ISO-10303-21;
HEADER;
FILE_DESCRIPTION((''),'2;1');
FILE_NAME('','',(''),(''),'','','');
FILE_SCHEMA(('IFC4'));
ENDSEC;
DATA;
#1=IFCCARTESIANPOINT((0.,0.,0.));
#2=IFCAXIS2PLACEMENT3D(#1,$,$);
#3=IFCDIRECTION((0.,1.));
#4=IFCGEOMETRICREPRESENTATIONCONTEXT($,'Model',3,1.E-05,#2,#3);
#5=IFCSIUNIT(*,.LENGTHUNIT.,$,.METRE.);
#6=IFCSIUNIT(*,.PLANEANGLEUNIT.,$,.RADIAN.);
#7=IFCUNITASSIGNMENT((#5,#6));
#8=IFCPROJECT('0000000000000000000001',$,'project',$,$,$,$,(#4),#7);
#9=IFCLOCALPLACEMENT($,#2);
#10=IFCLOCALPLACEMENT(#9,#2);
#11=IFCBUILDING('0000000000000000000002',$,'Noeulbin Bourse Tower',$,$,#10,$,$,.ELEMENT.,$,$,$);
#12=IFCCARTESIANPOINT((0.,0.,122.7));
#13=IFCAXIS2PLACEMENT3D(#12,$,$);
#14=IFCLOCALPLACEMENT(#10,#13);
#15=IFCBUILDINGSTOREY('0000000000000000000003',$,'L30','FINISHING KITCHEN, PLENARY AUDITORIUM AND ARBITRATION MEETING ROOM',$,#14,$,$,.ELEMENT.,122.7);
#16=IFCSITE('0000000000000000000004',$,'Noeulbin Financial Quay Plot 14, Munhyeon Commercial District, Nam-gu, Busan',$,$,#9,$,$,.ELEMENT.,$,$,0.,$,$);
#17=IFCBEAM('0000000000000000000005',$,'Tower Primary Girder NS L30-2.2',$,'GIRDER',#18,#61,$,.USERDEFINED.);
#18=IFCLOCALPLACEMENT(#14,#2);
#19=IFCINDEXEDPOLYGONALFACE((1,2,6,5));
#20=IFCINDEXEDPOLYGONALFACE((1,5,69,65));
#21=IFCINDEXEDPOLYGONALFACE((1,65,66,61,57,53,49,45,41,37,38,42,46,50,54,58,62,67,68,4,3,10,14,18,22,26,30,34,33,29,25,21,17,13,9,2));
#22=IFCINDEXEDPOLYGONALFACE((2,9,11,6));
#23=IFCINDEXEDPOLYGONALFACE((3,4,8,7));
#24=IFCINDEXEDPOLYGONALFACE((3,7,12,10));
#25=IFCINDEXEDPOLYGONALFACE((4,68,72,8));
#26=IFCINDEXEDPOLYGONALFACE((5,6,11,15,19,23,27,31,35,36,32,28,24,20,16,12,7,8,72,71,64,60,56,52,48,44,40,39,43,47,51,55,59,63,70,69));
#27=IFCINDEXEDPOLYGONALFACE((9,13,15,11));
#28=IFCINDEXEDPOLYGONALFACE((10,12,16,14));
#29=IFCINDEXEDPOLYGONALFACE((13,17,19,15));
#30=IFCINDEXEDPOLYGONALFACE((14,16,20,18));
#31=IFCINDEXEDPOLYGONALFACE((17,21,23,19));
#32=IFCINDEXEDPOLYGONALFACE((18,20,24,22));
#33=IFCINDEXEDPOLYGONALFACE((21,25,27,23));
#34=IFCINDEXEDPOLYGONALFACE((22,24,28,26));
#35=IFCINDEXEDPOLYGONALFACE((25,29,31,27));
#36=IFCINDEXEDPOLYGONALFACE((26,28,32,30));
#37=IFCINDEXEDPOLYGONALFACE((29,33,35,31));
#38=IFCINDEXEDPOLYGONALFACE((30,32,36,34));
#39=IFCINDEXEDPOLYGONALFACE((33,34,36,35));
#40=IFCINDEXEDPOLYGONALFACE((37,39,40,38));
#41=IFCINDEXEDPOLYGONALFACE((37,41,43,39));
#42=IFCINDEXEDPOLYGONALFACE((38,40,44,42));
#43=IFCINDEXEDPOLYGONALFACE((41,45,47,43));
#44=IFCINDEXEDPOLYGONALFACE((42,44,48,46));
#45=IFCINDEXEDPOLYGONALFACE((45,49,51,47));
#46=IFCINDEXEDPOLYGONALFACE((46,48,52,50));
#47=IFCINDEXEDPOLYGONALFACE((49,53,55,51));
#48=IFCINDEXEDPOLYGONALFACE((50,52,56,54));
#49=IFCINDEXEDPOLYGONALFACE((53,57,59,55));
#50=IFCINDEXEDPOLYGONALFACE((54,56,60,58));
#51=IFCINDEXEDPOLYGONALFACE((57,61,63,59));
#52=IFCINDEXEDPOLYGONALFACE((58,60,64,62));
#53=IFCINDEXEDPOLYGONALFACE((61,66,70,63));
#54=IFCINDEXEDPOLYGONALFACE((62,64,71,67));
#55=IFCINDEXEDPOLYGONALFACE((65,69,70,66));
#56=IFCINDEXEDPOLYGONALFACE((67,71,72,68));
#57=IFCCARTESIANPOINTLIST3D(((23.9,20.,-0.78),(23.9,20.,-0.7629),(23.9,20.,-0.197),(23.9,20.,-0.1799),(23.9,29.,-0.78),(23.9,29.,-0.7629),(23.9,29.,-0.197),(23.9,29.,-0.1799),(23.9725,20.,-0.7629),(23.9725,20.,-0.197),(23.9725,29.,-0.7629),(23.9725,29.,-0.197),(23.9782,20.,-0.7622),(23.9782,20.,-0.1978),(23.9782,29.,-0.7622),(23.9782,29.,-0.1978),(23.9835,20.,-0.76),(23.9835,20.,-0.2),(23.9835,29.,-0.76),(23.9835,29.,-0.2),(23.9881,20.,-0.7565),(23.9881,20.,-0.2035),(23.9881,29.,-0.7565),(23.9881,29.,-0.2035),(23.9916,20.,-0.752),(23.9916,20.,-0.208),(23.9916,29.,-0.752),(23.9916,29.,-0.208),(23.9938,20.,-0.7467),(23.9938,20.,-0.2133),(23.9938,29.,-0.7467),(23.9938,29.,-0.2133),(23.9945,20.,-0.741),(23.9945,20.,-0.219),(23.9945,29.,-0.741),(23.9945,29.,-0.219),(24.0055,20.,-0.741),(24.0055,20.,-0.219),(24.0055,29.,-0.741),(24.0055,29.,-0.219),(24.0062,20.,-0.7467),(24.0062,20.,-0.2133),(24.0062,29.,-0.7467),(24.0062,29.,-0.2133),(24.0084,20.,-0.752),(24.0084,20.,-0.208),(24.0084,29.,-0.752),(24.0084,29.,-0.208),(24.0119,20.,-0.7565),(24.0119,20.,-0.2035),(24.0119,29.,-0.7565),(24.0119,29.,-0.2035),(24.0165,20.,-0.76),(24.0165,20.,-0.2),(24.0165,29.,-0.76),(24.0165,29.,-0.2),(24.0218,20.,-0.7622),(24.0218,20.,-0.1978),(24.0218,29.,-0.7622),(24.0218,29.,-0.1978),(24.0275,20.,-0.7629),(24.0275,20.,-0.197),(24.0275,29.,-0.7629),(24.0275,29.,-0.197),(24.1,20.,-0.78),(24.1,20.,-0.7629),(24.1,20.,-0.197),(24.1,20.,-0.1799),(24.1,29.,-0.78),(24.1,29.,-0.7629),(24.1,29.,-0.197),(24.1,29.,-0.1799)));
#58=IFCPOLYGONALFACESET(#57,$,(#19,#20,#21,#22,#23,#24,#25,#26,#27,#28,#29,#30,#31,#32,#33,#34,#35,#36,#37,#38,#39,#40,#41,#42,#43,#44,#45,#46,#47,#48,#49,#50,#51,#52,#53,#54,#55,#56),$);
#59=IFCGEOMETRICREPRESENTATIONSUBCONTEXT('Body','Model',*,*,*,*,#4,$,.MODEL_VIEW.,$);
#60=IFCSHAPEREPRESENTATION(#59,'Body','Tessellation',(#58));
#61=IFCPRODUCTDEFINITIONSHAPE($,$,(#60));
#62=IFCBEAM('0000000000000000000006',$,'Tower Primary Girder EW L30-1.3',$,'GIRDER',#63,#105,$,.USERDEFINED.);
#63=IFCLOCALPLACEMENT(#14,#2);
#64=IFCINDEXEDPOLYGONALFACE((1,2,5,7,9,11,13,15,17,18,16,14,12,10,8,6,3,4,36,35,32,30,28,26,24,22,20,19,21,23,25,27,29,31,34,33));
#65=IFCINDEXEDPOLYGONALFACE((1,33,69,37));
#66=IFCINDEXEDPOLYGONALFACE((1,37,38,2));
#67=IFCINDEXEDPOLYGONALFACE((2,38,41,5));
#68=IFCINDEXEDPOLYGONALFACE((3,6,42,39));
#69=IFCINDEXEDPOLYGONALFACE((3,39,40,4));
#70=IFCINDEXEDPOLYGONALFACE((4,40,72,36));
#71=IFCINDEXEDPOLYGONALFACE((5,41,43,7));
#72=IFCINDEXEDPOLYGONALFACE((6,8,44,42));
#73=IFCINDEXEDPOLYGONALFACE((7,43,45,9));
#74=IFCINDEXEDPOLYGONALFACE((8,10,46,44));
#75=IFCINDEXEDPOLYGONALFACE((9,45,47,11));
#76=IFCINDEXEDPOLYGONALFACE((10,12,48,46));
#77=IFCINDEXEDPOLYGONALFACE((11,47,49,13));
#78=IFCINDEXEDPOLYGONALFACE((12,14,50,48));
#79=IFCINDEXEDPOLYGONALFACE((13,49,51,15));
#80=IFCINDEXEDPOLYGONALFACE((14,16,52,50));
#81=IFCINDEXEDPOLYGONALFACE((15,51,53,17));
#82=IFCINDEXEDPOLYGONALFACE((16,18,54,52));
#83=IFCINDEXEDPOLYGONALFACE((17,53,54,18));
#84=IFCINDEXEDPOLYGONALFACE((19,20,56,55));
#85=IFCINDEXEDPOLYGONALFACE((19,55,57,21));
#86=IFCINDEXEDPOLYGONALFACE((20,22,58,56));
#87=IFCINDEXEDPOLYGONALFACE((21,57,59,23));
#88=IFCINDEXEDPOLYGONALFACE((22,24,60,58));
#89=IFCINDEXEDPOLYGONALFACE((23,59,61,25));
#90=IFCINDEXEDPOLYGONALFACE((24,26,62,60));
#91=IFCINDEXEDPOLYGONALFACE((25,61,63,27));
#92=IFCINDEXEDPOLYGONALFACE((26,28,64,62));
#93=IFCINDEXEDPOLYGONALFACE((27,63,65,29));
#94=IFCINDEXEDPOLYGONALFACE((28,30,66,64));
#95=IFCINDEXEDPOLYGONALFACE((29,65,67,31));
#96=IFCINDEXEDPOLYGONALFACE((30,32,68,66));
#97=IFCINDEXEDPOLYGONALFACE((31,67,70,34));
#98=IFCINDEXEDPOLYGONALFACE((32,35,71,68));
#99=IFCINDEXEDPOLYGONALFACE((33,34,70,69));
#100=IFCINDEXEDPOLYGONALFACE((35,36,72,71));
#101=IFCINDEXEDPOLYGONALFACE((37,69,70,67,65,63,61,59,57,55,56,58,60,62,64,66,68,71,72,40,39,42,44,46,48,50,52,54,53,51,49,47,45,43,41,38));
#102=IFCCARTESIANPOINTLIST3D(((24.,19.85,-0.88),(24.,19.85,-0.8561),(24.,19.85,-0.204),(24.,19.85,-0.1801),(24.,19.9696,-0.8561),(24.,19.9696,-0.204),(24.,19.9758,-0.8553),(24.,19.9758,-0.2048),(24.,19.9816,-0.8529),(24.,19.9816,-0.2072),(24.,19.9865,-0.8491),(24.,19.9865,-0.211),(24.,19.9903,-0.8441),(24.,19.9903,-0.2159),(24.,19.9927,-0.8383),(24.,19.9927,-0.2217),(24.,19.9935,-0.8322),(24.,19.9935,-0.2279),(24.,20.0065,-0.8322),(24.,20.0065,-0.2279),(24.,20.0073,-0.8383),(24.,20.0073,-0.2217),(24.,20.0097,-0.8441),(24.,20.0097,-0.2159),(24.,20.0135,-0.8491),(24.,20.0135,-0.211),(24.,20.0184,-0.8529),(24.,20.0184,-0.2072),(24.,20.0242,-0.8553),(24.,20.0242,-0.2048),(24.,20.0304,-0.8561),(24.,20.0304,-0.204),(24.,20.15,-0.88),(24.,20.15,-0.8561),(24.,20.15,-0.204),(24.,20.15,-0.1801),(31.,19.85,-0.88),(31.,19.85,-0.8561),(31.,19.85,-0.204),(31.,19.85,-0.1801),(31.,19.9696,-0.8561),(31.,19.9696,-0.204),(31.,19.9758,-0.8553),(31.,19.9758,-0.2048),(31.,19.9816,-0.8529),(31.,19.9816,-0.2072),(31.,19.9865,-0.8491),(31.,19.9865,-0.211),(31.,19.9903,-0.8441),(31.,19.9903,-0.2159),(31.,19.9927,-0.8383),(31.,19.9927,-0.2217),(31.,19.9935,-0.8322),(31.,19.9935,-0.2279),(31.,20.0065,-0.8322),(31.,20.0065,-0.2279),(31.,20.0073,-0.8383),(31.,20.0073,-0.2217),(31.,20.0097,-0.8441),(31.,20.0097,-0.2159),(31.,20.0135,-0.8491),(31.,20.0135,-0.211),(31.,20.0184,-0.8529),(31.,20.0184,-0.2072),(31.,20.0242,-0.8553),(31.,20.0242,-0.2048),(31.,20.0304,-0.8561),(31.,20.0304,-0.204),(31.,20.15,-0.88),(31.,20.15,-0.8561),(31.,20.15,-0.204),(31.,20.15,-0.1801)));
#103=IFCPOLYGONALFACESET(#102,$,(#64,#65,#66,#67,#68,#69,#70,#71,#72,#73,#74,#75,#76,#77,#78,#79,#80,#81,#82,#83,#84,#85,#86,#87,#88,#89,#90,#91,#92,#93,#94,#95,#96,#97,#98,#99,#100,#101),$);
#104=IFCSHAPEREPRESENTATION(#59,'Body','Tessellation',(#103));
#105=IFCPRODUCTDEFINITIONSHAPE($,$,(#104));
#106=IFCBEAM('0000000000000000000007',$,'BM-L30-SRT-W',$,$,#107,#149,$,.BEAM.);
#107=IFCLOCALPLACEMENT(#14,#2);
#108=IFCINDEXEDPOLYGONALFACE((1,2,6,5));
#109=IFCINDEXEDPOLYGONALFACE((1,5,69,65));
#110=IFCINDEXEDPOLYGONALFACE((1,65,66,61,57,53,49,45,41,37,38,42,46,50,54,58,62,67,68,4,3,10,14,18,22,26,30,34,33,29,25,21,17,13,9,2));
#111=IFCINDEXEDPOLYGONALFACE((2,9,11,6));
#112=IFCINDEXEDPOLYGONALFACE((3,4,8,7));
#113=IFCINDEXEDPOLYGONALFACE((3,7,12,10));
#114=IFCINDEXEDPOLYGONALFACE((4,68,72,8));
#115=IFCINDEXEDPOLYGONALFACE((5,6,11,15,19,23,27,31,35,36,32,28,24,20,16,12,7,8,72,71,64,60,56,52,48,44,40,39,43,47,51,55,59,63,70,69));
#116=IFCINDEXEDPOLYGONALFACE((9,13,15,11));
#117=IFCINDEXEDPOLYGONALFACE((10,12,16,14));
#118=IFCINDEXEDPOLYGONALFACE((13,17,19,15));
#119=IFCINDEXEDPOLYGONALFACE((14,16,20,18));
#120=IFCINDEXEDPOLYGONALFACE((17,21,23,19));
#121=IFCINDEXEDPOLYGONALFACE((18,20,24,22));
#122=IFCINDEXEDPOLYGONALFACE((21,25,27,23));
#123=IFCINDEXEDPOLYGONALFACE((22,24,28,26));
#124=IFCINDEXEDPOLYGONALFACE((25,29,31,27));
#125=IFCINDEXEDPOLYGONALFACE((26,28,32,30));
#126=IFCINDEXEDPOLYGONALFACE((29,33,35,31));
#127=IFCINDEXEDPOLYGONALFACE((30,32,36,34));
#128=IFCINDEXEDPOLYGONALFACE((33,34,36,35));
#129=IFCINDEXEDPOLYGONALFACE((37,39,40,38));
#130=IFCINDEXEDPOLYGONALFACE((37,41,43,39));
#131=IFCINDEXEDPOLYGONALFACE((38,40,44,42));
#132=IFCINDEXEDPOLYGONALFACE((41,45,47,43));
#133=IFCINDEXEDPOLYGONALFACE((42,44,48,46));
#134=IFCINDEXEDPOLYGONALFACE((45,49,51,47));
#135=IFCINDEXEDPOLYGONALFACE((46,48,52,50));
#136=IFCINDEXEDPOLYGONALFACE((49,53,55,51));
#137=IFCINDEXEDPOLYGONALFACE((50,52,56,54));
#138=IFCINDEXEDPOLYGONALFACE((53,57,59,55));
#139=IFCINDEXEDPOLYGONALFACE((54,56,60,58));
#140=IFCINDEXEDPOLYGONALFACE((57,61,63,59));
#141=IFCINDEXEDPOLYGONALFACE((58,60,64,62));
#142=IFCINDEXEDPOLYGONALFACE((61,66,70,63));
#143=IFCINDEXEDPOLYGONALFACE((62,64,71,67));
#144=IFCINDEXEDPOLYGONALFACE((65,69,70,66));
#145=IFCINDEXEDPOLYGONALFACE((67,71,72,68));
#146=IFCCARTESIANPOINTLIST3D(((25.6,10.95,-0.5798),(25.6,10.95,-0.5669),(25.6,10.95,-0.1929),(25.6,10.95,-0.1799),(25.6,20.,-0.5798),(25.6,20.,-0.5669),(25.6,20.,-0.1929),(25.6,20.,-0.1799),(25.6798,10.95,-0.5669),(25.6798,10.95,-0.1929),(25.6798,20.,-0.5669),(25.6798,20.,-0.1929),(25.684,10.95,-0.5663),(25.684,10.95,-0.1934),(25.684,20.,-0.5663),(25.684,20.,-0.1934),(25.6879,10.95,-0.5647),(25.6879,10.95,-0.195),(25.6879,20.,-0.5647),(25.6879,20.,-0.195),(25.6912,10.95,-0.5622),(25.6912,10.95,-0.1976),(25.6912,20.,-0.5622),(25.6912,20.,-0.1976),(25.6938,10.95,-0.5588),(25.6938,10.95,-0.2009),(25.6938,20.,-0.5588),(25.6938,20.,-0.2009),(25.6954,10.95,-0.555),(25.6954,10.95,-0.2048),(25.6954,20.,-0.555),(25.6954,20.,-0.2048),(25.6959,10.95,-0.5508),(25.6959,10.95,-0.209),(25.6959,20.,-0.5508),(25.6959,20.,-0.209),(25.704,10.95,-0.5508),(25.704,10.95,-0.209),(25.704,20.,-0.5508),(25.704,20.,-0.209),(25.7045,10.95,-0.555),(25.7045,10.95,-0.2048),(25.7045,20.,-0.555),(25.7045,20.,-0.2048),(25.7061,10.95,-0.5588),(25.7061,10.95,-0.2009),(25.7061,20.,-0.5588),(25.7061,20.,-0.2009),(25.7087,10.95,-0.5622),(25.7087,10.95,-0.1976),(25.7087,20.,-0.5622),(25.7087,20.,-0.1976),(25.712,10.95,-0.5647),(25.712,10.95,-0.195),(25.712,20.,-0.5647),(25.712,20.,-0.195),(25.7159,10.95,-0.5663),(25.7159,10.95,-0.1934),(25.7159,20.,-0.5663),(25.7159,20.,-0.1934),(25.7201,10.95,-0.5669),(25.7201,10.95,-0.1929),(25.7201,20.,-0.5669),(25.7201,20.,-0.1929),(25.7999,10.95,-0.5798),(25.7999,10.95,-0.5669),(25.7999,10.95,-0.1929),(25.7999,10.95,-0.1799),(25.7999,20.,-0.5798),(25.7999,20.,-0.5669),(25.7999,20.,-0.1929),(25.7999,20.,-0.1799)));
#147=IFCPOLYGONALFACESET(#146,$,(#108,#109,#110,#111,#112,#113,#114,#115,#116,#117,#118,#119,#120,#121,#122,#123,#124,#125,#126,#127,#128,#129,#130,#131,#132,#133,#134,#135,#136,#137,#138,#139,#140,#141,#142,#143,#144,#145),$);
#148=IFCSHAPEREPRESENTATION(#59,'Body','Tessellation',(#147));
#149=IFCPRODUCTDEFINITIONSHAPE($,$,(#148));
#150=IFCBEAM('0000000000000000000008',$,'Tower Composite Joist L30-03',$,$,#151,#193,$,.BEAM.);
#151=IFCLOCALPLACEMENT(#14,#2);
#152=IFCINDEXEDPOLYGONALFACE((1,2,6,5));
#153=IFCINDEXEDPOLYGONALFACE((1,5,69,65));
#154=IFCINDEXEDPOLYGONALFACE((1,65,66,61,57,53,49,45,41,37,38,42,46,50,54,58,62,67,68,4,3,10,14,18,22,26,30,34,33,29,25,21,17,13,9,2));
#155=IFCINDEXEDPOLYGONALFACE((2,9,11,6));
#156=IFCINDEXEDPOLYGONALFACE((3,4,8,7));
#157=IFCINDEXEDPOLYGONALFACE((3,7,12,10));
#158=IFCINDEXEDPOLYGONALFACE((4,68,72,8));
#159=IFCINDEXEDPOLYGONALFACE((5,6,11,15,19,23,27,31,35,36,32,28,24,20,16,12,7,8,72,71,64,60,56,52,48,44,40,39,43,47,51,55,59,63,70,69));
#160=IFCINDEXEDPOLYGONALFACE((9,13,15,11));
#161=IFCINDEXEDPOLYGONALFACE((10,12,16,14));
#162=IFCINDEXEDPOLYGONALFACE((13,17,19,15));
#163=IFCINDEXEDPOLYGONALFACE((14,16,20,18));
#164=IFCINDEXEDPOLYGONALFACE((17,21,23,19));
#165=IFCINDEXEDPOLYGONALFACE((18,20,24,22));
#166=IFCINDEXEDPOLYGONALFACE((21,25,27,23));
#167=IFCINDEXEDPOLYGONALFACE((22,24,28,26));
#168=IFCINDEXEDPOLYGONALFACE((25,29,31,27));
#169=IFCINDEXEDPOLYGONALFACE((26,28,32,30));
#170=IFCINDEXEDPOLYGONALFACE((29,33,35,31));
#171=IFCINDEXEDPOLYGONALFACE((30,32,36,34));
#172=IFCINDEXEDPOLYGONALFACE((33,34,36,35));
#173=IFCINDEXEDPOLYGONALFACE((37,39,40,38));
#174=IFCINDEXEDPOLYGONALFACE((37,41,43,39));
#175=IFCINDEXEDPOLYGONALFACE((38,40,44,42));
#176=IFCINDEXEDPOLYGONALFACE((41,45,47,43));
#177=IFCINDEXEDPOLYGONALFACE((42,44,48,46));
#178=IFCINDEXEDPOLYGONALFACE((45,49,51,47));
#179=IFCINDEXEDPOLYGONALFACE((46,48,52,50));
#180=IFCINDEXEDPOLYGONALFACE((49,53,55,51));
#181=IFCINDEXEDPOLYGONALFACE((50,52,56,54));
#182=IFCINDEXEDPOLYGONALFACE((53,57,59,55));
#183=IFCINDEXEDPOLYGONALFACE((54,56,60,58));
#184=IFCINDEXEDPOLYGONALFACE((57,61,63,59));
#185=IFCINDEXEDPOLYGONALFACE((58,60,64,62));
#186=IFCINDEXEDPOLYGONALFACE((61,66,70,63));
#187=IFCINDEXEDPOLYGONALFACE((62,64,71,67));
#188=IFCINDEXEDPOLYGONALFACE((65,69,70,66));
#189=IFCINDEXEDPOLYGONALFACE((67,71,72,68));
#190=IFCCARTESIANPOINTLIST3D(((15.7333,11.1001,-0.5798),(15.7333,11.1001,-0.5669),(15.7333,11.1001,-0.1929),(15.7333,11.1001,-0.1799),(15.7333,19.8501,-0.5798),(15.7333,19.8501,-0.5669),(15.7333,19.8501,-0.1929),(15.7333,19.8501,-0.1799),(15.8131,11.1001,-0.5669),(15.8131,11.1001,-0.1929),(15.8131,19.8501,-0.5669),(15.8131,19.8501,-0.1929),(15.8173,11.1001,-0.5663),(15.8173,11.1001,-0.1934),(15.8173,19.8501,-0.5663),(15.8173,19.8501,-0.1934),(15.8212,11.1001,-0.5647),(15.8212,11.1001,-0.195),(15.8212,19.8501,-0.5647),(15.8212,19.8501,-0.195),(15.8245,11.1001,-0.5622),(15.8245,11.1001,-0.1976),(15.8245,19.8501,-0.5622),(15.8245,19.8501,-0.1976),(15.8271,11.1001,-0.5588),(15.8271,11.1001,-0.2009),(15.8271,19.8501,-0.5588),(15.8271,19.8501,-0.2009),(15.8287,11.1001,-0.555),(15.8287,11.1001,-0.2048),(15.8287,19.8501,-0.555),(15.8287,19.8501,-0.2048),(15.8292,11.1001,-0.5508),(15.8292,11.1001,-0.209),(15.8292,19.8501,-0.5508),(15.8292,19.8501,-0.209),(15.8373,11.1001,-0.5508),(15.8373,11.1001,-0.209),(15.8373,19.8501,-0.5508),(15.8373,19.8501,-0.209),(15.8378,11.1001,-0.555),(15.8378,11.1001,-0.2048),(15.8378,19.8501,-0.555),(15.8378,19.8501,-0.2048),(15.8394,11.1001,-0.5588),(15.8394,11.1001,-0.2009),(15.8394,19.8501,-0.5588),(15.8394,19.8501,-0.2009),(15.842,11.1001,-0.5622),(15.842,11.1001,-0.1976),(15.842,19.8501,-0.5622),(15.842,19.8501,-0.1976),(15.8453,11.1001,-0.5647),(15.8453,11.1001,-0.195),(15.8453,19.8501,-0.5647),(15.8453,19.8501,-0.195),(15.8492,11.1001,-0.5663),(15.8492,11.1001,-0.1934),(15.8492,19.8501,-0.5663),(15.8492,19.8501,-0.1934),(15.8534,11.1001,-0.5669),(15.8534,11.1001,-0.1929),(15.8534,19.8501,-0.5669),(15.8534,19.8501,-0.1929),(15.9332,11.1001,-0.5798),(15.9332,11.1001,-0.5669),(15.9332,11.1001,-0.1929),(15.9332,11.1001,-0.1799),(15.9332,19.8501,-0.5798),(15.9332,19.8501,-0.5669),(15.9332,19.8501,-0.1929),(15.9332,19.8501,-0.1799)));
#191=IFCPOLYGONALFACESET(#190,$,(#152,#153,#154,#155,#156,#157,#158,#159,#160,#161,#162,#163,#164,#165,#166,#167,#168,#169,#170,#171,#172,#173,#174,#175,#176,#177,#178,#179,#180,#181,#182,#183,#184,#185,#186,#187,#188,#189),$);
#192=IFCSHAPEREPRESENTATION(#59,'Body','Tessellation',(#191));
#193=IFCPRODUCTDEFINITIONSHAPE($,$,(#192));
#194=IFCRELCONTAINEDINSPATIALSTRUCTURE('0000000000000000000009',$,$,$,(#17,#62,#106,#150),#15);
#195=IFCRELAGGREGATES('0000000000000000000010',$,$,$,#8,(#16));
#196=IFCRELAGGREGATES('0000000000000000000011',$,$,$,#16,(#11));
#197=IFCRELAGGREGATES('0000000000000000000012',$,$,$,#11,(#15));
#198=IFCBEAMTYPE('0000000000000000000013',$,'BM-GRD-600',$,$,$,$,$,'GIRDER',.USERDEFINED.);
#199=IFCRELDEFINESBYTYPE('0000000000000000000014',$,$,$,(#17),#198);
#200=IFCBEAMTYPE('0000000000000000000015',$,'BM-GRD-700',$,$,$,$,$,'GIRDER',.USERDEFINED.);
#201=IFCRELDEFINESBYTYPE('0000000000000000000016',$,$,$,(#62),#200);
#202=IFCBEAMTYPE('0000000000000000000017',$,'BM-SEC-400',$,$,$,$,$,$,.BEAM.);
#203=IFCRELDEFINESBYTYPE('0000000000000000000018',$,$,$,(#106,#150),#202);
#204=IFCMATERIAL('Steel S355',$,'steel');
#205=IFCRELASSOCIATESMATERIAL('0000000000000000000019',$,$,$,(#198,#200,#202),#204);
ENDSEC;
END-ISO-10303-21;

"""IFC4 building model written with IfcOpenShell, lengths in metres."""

from ifc_helpers import new_model, si_unit, direction, frame, origin, origin_2d, place, context, subcontext, project, spatial, i_section, extrude, material, material_profile, profile_set, type_object, element, save


model = new_model("IFC4")

# Units and contexts
model_context = context("Model", 3, precision=1e-05, world=origin(), true_north=direction((0.0, 1.0)))
body_context = subcontext(model_context, "Body", "Model", "MODEL_VIEW")
ifc_project = project(units=[si_unit("LENGTHUNIT", "METRE"), si_unit("PLANEANGLEUNIT", "RADIAN")], contexts=[model_context])

# Site, building, storey
site_placement = place(None, origin())
site = spatial("IfcSite", under=ifc_project, at=site_placement, Name="Noeulbin Financial Quay Plot 14, Munhyeon Commercial District, Nam-gu, Busan", CompositionType="ELEMENT", RefElevation=0.0)
building_placement = place(site_placement, origin())
building = spatial("IfcBuilding", under=site, at=building_placement, Name="Noeulbin Bourse Tower", CompositionType="ELEMENT")
storey_placement = place(building_placement, frame((0.0, 0.0, 122.7)))
storey = spatial("IfcBuildingStorey", under=building, at=storey_placement, Name="L30", Description="FINISHING KITCHEN, PLENARY AUDITORIUM AND ARBITRATION MEETING ROOM", CompositionType="ELEMENT", Elevation=122.7)

# Shared definitions
ifc_material_1 = material(Name="Steel S355", Category="steel")

# Beams
ifc_material_profile_1 = material_profile(ifc_material_1, i_section(OverallWidth=0.2, OverallDepth=0.6001, WebThickness=0.011, FlangeThickness=0.0171, FilletRadius=0.022, at=origin_2d()), Name="H-600x200x11x17", Category="LoadBearing")
ifc_profile_set_1 = profile_set([ifc_material_profile_1], Name="Steel S355")
beam_type_1 = type_object("IfcBeamType", Name="BM-GRD-600", ElementType="GIRDER", PredefinedType="USERDEFINED", material=ifc_profile_set_1)
beam_1_placement = place(storey_placement, frame((24.0, 20.0, -0.48), z_axis=(0.0, 1.0, 0.0), x_axis=(-1.0, 0.0, 0.0)))
element("IfcBeam", 1, at=beam_1_placement, inside=storey, type_object=beam_type_1, Name="Tower Primary Girder NS L30-2.2", ObjectType="GIRDER", PredefinedType="USERDEFINED", context=body_context, shape_type="SweptSolid", body=[
    extrude(i_section(OverallWidth=0.2, OverallDepth=0.6001, WebThickness=0.011, FlangeThickness=0.0171, FilletRadius=0.022, at=origin_2d()), origin(), (0.0, 0.0, 1.0), 9.0),
])
ifc_material_profile_2 = material_profile(ifc_material_1, i_section(OverallWidth=0.3, OverallDepth=0.7, WebThickness=0.0129, FlangeThickness=0.0239, FilletRadius=0.0239, at=origin_2d()), Name="H-700x300x13x24", Category="LoadBearing")
ifc_profile_set_2 = profile_set([ifc_material_profile_2], Name="Steel S355")
beam_type_2 = type_object("IfcBeamType", Name="BM-GRD-700", ElementType="GIRDER", PredefinedType="USERDEFINED", material=ifc_profile_set_2)
beam_2_placement = place(storey_placement, frame((24.0, 20.0, -0.53), z_axis=(1.0, 0.0, 0.0), x_axis=(0.0, 1.0, 0.0)))
element("IfcBeam", 2, at=beam_2_placement, inside=storey, type_object=beam_type_2, Name="Tower Primary Girder EW L30-1.3", ObjectType="GIRDER", PredefinedType="USERDEFINED", context=body_context, shape_type="SweptSolid", body=[
    extrude(i_section(OverallWidth=0.3, OverallDepth=0.7, WebThickness=0.0129, FlangeThickness=0.0239, FilletRadius=0.0239, at=origin_2d()), origin(), (0.0, 0.0, 1.0), 7.0),
])
ifc_material_profile_3 = material_profile(ifc_material_1, i_section(OverallWidth=0.2, OverallDepth=0.3999, WebThickness=0.0081, FlangeThickness=0.0129, FilletRadius=0.0161, at=origin_2d()), Name="H-400x200x8x13", Category="LoadBearing")
ifc_profile_set_3 = profile_set([ifc_material_profile_3], Name="Steel S355")
beam_type_3 = type_object("IfcBeamType", Name="BM-SEC-400", PredefinedType="BEAM", material=ifc_profile_set_3)
beam_3_placement = place(storey_placement, frame((25.7, 10.95, -0.3799), z_axis=(0.0, 1.0, 0.0), x_axis=(-1.0, 0.0, 0.0)))
element("IfcBeam", 3, at=beam_3_placement, inside=storey, type_object=beam_type_3, Name="BM-L30-SRT-W", PredefinedType="BEAM", context=body_context, shape_type="SweptSolid", body=[
    extrude(i_section(OverallWidth=0.2, OverallDepth=0.3999, WebThickness=0.0081, FlangeThickness=0.0129, FilletRadius=0.0161, at=origin_2d()), origin(), (0.0, 0.0, 1.0), 9.05),
])
beam_4_placement = place(storey_placement, frame((15.8333, 11.1001, -0.3799), z_axis=(0.0, 1.0, 0.0), x_axis=(-1.0, 0.0, 0.0)))
element("IfcBeam", 4, at=beam_4_placement, inside=storey, type_object=beam_type_3, Name="Tower Composite Joist L30-03", PredefinedType="BEAM", context=body_context, shape_type="SweptSolid", body=[
    extrude(i_section(OverallWidth=0.2, OverallDepth=0.3999, WebThickness=0.0081, FlangeThickness=0.0129, FilletRadius=0.0161, at=origin_2d()), origin(), (0.0, 0.0, 1.0), 8.75),
])

save(model, "model.ifc")
